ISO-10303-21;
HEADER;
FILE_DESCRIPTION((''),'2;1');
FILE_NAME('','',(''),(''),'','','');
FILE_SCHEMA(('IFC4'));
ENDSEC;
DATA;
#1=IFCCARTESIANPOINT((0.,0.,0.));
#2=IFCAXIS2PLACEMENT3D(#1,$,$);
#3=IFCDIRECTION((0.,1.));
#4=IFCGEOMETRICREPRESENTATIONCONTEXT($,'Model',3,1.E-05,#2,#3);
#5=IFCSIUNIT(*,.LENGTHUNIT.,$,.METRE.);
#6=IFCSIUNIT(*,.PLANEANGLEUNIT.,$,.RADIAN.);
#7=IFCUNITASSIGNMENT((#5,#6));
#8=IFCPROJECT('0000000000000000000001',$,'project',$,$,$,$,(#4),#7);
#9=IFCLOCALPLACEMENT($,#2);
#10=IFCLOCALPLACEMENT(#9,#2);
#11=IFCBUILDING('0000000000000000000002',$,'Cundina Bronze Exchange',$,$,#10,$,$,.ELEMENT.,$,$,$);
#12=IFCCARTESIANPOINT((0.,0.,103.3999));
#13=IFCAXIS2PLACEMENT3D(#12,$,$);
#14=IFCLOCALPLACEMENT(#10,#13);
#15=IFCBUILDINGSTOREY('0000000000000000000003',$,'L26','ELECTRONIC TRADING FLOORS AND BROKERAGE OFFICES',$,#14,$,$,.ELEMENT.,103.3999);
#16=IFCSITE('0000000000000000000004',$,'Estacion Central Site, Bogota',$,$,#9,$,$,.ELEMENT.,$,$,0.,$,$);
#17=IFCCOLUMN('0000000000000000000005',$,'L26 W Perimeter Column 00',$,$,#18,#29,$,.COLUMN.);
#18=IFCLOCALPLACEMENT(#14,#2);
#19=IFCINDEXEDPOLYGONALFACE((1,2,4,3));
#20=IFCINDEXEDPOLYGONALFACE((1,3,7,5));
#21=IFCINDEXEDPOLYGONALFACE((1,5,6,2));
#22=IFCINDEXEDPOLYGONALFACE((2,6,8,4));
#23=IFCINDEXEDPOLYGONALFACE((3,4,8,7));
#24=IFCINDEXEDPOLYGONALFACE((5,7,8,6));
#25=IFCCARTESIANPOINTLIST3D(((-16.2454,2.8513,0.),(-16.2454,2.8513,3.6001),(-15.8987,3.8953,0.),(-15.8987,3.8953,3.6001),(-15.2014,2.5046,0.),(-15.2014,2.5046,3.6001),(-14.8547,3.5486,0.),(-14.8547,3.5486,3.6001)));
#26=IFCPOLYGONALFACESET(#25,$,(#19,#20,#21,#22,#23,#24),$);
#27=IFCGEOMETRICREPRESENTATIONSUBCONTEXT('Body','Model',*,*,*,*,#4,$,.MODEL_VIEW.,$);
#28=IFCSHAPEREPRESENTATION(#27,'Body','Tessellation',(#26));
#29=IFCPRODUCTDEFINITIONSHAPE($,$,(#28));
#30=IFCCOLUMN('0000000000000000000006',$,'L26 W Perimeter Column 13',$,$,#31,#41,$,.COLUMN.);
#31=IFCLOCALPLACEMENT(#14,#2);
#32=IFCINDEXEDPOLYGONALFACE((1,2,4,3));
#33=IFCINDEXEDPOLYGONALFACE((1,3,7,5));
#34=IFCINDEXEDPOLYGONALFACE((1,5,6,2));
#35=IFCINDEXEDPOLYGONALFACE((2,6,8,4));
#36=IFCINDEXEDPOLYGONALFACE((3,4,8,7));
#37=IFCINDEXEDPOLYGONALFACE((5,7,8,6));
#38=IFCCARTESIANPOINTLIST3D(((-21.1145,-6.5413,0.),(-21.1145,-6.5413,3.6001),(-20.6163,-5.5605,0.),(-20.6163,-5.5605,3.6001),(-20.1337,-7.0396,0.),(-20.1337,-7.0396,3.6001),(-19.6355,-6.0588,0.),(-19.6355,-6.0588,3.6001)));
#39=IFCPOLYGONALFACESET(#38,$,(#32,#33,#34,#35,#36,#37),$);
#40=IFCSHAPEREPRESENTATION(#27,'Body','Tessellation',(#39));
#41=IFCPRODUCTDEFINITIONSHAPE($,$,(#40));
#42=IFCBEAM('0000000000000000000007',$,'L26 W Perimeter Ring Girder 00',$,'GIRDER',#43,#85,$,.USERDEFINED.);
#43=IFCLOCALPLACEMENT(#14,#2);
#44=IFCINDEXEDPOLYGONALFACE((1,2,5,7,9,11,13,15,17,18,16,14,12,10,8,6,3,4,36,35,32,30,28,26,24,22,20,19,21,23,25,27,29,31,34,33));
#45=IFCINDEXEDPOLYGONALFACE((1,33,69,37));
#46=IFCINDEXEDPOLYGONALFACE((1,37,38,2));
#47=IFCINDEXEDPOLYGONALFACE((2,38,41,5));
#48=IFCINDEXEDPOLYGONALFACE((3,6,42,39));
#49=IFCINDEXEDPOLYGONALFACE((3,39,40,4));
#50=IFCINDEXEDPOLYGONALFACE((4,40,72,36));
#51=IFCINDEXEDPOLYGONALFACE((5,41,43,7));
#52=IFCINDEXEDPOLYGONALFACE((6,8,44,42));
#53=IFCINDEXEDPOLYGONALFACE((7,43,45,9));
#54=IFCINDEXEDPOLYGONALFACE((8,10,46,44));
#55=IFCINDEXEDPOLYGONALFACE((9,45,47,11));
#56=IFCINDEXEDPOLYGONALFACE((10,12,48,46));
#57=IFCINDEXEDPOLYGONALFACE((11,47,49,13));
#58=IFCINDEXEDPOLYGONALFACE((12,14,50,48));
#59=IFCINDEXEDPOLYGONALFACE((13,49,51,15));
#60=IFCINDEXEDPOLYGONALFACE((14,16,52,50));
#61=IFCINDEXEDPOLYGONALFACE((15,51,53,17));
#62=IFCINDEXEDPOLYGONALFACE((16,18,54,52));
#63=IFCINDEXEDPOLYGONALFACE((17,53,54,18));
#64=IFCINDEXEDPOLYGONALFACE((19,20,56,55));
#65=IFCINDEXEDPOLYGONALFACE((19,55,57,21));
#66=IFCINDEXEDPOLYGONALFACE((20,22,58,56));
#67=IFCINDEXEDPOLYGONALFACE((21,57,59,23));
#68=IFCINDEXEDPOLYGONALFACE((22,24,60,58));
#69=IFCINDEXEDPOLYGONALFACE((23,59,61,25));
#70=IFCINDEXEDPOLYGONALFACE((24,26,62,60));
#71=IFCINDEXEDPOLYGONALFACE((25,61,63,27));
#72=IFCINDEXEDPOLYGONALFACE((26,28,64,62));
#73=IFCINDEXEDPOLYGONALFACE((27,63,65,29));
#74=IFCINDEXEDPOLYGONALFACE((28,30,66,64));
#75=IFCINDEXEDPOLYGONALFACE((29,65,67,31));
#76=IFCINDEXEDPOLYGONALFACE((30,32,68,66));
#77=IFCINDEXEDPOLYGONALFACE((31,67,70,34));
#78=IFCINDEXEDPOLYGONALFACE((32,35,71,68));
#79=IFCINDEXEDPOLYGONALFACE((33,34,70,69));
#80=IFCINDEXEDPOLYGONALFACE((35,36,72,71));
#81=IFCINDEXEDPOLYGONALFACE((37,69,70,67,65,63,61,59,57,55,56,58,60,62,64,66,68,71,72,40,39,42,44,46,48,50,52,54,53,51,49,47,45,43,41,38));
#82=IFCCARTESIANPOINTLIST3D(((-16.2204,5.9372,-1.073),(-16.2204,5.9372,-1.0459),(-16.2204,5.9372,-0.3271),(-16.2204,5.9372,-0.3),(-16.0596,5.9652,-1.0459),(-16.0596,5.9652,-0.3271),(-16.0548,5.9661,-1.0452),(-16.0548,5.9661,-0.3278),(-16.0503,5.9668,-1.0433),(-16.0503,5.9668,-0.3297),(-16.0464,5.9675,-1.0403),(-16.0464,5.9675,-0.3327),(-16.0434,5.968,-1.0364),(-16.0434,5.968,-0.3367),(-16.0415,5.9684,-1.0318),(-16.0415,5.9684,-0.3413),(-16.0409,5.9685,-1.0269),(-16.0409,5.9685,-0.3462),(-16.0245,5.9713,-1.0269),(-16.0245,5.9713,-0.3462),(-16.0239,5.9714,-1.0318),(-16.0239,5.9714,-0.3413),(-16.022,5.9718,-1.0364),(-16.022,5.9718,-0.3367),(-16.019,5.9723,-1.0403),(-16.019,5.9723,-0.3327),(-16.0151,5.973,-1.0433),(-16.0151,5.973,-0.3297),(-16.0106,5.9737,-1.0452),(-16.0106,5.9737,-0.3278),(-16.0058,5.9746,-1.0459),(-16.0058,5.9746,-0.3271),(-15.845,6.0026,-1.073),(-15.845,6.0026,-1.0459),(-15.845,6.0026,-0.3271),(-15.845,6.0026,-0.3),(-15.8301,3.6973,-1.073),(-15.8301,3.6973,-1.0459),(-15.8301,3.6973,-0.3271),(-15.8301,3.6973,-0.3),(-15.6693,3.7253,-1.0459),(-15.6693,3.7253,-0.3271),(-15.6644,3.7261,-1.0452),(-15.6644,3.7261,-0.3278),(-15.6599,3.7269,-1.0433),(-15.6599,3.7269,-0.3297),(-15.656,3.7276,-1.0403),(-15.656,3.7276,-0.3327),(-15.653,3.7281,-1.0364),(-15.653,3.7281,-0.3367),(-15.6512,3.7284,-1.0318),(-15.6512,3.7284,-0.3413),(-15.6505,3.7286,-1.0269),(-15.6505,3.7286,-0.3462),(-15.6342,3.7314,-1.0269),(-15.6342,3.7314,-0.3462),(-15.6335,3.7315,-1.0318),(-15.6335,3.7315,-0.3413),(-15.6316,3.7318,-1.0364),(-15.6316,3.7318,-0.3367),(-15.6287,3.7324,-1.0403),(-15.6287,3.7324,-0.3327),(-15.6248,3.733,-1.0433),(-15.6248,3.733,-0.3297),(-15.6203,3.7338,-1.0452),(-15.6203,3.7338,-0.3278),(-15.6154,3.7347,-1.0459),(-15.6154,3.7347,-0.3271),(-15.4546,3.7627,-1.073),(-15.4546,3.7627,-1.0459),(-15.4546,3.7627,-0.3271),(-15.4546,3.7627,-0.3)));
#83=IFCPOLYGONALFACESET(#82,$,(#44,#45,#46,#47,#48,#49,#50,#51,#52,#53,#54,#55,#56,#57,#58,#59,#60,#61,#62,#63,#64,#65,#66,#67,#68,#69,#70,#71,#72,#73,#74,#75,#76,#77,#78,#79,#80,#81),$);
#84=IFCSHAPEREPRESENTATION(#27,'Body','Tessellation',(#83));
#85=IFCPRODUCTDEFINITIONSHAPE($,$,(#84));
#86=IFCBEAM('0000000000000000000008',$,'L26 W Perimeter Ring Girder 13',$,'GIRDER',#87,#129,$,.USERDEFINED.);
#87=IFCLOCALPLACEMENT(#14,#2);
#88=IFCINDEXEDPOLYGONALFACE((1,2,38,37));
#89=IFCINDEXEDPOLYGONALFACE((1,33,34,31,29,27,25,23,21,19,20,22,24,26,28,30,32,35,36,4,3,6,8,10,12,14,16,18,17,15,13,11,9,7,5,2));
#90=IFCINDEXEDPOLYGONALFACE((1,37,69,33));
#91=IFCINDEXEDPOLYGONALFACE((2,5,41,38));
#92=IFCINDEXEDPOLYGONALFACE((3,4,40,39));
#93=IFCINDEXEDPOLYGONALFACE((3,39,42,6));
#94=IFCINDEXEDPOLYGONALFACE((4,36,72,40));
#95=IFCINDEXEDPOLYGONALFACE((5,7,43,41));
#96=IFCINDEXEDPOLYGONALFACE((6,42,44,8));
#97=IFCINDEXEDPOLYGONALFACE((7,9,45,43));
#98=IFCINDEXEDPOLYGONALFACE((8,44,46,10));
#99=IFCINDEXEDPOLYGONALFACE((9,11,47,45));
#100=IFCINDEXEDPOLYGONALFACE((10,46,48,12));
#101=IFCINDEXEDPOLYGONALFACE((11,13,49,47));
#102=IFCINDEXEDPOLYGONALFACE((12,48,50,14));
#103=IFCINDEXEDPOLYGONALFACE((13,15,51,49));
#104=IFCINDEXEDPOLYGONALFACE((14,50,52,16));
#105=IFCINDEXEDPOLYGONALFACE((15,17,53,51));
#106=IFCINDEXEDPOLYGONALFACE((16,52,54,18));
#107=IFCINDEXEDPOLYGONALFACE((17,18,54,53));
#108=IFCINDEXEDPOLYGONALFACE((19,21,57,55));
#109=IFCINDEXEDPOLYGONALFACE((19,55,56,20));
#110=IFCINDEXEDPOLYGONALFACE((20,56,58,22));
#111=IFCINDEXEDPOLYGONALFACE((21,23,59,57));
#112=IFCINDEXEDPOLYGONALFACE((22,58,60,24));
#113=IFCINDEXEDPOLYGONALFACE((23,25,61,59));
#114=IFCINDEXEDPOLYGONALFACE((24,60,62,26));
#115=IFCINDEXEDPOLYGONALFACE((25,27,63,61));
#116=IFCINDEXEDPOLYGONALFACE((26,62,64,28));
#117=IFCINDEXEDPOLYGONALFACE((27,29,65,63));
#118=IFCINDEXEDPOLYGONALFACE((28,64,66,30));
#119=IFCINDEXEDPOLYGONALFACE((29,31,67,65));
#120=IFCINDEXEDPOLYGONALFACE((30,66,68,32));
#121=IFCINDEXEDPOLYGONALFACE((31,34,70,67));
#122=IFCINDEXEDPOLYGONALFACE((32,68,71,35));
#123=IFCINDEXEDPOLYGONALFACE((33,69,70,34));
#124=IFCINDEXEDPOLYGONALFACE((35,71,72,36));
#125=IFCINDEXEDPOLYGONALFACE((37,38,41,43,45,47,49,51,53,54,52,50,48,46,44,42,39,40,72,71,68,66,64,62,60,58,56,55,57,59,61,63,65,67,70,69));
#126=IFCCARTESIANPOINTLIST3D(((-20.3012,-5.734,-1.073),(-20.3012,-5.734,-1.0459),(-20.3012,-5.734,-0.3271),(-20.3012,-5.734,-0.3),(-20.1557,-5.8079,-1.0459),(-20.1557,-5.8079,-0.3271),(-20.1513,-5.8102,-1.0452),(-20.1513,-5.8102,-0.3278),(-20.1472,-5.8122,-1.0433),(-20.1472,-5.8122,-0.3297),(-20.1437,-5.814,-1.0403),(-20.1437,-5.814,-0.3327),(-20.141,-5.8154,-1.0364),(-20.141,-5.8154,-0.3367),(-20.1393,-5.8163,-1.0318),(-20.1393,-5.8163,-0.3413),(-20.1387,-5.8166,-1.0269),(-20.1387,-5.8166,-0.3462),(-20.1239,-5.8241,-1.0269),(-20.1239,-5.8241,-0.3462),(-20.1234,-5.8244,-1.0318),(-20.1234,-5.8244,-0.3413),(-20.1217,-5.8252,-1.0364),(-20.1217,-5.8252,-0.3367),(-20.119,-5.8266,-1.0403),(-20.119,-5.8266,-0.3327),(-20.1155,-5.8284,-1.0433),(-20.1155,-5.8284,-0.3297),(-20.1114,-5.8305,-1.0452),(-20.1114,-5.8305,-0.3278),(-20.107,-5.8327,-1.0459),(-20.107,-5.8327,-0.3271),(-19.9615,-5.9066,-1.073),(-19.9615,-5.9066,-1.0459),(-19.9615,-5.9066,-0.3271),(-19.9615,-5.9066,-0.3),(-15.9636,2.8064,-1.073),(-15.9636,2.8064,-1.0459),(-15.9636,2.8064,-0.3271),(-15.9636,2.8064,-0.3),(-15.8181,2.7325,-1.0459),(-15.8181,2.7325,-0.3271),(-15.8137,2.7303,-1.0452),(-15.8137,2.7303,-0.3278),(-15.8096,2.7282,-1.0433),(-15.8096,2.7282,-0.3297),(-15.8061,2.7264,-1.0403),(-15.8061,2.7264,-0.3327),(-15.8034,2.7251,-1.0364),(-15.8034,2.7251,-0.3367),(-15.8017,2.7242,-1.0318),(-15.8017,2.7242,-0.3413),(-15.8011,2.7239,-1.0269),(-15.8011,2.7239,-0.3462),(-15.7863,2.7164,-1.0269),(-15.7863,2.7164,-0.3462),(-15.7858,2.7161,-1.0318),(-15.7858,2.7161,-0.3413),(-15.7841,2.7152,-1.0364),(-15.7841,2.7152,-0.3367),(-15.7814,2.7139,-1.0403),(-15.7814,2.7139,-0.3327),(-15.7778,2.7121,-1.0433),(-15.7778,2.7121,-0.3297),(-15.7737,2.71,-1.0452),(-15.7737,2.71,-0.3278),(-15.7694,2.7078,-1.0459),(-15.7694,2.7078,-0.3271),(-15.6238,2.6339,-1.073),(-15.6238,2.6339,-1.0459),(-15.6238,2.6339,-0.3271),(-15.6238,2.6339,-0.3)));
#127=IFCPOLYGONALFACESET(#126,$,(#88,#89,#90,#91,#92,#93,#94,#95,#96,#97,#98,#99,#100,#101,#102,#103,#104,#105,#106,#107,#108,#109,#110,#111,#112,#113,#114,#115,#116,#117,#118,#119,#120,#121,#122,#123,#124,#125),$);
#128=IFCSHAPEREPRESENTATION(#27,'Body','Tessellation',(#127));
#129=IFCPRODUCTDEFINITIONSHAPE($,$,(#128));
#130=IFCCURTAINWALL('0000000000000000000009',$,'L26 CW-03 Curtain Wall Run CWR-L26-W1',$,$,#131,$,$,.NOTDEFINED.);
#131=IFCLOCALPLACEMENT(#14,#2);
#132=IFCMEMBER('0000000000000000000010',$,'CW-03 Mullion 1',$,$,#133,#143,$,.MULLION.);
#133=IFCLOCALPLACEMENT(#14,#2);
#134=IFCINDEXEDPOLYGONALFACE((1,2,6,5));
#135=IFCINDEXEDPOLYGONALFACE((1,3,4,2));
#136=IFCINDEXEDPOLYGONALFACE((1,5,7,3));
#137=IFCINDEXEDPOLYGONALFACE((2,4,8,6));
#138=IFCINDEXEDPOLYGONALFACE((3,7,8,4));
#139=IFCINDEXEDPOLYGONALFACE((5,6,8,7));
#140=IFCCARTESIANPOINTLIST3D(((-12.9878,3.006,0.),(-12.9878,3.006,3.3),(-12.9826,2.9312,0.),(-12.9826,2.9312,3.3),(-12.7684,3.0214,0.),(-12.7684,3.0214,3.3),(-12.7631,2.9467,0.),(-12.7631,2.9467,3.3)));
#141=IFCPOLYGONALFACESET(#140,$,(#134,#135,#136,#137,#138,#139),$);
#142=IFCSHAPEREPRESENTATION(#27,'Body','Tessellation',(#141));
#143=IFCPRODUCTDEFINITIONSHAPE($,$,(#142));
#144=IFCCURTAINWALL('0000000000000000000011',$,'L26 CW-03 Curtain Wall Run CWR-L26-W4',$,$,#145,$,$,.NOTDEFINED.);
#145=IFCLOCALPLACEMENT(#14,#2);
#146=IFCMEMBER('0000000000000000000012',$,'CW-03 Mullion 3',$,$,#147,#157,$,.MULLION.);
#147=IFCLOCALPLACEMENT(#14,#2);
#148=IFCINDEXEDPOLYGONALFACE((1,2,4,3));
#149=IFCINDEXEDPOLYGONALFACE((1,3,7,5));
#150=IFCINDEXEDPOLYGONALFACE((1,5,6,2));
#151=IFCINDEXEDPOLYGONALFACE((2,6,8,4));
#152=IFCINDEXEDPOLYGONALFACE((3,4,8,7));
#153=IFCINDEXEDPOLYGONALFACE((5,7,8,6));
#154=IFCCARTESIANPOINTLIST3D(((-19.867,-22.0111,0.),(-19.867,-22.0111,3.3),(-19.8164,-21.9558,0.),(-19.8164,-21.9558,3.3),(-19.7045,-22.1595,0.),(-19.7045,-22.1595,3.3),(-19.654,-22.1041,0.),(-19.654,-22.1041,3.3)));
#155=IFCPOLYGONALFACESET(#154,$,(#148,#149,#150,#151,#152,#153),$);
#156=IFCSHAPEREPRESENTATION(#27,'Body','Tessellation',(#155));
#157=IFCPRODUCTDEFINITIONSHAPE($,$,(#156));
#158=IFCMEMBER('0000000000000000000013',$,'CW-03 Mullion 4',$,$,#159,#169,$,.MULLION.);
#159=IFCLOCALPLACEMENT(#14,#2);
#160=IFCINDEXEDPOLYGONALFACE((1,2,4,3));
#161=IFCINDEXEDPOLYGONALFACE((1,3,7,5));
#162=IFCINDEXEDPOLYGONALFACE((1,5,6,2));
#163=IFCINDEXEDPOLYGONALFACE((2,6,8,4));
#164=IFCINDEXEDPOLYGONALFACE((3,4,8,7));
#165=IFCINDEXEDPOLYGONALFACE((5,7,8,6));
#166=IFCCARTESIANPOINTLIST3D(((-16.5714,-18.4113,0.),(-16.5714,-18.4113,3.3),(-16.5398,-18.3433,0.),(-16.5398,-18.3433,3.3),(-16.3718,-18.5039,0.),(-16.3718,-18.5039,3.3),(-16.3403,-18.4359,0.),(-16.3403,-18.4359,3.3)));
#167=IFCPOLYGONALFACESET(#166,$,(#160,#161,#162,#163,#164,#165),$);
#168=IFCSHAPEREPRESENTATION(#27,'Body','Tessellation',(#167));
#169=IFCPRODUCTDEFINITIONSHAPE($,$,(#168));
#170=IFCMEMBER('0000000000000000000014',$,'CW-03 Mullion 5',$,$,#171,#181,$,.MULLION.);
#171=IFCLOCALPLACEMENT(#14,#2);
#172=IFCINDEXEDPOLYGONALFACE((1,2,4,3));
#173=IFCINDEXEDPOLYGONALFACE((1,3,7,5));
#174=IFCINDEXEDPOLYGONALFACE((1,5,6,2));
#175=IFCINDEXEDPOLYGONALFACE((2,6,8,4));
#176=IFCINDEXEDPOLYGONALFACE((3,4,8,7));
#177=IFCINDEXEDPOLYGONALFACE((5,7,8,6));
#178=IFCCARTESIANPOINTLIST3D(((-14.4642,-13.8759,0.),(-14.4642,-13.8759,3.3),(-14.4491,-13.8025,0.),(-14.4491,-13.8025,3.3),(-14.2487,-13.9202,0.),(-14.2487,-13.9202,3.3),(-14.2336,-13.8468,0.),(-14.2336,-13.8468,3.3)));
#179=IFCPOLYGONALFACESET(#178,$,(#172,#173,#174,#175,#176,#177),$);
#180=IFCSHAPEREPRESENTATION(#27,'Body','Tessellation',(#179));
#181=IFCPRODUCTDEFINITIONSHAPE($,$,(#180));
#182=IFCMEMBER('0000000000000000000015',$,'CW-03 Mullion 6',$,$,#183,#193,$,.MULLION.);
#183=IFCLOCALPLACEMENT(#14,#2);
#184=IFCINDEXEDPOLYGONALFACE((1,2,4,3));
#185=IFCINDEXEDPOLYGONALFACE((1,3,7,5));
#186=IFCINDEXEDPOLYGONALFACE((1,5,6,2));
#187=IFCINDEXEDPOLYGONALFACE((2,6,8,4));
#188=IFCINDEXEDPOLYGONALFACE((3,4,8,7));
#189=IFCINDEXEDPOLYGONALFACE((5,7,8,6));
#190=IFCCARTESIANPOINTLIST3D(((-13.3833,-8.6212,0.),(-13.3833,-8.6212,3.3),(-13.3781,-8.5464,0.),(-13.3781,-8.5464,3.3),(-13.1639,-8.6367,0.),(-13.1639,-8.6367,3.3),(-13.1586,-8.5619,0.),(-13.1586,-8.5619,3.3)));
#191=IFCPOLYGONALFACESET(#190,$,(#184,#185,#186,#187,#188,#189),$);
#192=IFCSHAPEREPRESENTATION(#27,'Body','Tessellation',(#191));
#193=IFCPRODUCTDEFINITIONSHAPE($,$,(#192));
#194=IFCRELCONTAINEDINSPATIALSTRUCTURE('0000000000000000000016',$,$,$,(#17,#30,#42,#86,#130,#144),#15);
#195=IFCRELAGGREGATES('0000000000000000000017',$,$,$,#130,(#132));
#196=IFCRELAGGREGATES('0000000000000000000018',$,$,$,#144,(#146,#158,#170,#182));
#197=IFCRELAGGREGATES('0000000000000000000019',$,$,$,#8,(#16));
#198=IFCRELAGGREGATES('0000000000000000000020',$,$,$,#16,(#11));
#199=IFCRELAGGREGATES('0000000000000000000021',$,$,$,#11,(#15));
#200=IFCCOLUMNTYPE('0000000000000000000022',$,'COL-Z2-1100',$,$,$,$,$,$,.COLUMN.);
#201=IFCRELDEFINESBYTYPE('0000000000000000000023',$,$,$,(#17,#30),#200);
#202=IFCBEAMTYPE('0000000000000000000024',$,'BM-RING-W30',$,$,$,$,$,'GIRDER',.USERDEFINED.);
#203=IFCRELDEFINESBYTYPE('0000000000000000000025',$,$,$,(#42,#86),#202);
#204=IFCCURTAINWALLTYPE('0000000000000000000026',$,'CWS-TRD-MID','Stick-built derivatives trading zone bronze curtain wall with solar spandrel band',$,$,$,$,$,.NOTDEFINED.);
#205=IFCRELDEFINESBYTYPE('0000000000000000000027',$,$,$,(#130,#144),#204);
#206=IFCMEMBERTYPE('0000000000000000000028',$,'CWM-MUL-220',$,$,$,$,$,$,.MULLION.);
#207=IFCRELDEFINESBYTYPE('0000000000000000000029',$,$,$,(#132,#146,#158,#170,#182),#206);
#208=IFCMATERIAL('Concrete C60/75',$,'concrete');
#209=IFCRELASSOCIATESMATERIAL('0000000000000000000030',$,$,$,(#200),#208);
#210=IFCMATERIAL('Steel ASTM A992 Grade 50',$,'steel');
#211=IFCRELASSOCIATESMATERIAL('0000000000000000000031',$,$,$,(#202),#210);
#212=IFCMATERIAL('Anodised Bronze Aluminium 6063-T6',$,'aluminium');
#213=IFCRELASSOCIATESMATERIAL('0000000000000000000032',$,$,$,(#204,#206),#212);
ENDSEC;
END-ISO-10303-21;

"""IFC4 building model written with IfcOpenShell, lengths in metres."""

from ifc_helpers import new_model, si_unit, direction, frame, origin, origin_2d, place, context, subcontext, project, spatial, rectangle, i_section, extrude, material, material_profile, profile_set, type_object, element, aggregate, save


model = new_model("IFC4")

# Units and contexts
model_context = context("Model", 3, precision=1e-05, world=origin(), true_north=direction((0.0, 1.0)))
body_context = subcontext(model_context, "Body", "Model", "MODEL_VIEW")
ifc_project = project(units=[si_unit("LENGTHUNIT", "METRE"), si_unit("PLANEANGLEUNIT", "RADIAN")], contexts=[model_context])

# Site, building, storey
site_placement = place(None, origin())
site = spatial("IfcSite", under=ifc_project, at=site_placement, Name="Estacion Central Site, Bogota", CompositionType="ELEMENT", RefElevation=0.0)
building_placement = place(site_placement, origin())
building = spatial("IfcBuilding", under=site, at=building_placement, Name="Cundina Bronze Exchange", CompositionType="ELEMENT")
storey_placement = place(building_placement, frame((0.0, 0.0, 103.3999)))
storey = spatial("IfcBuildingStorey", under=building, at=storey_placement, Name="L26", Description="ELECTRONIC TRADING FLOORS AND BROKERAGE OFFICES", CompositionType="ELEMENT", Elevation=103.3999)

# Columns
ifc_material_1 = material(Name="Concrete C60/75", Category="concrete")
ifc_material_profile_1 = material_profile(ifc_material_1, rectangle(XDim=1.1001, YDim=1.1001, at=origin_2d()), Name="RC1100X1100", Category="concrete")
ifc_profile_set_1 = profile_set([ifc_material_profile_1], Name="Concrete C60/75")
column_type = type_object("IfcColumnType", Name="COL-Z2-1100", PredefinedType="COLUMN", material=ifc_profile_set_1)
for number, where, z_axis, x_axis, name in (
    (1, (-15.55, 3.2, 0.0), (0.0, 0.0, 1.0), (0.315152, 0.949041, 0.0), "L26 W Perimeter Column 00"),
    (2, (-20.375, -6.3, 0.0), (0.0, 0.0, 1.0), (0.452902, 0.891561, 0.0), "L26 W Perimeter Column 13"),
):
    element("IfcColumn", number, at=place(storey_placement, frame(where, z_axis=z_axis, x_axis=x_axis)), inside=storey, type_object=column_type, Name=name, PredefinedType="COLUMN", context=body_context, shape_type="SweptSolid", body=[
        extrude(rectangle(XDim=1.1001, YDim=1.1001, at=origin_2d()), origin(), (0.0, 0.0, 1.0), 3.6001),
    ])

# Beams
ifc_material_2 = material(Name="Steel ASTM A992 Grade 50", Category="steel")
ifc_material_profile_2 = material_profile(ifc_material_2, i_section(OverallWidth=0.3811, OverallDepth=0.7729, WebThickness=0.0166, FlangeThickness=0.0271, FilletRadius=0.019, at=origin_2d()), Name="W30X173", Category="steel")
ifc_profile_set_2 = profile_set([ifc_material_profile_2], Name="Steel ASTM A992 Grade 50")
beam_type = type_object("IfcBeamType", Name="BM-RING-W30", ElementType="GIRDER", PredefinedType="USERDEFINED", material=ifc_profile_set_2)
beam_1_placement = place(storey_placement, frame((-15.6423, 3.73, -0.6865), z_axis=(-0.17169, 0.985151, 0.0), x_axis=(-0.985151, -0.17169, 0.0)))
element("IfcBeam", 3, at=beam_1_placement, inside=storey, type_object=beam_type, Name="L26 W Perimeter Ring Girder 00", ObjectType="GIRDER", PredefinedType="USERDEFINED", context=body_context, shape_type="SweptSolid", body=[
    extrude(i_section(OverallWidth=0.3811, OverallDepth=0.7729, WebThickness=0.0166, FlangeThickness=0.0271, FilletRadius=0.019, at=origin_2d()), origin(), (0.0, 0.0, 1.0), 2.2737),
])
beam_2_placement = place(storey_placement, frame((-20.1313, -5.8203, -0.6865), z_axis=(0.452832, 0.891596, 0.0), x_axis=(-0.891596, 0.452832, 0.0)))
element("IfcBeam", 4, at=beam_2_placement, inside=storey, type_object=beam_type, Name="L26 W Perimeter Ring Girder 13", ObjectType="GIRDER", PredefinedType="USERDEFINED", context=body_context, shape_type="SweptSolid", body=[
    extrude(i_section(OverallWidth=0.3811, OverallDepth=0.7729, WebThickness=0.0166, FlangeThickness=0.0271, FilletRadius=0.019, at=origin_2d()), origin(), (0.0, 0.0, 1.0), 9.5789),
])

# Curtain wall, member
ifc_material_3 = material(Name="Anodised Bronze Aluminium 6063-T6", Category="aluminium")
curtain_wall_type = type_object("IfcCurtainWallType", Name="CWS-TRD-MID", Description="Stick-built derivatives trading zone bronze curtain wall with solar spandrel band", PredefinedType="NOTDEFINED", material=ifc_material_3)
curtain_wall_1_placement = place(storey_placement, origin())
curtain_wall_1 = element("IfcCurtainWall", 5, at=curtain_wall_1_placement, inside=storey, type_object=curtain_wall_type, Name="L26 CW-03 Curtain Wall Run CWR-L26-W1", PredefinedType="NOTDEFINED")
ifc_material_profile_3 = material_profile(ifc_material_3, rectangle(XDim=0.075, YDim=0.22, at=origin_2d()), Name="AL75X220", Category="aluminium")
ifc_profile_set_3 = profile_set([ifc_material_profile_3], Name="Anodised Bronze Aluminium 6063-T6")
member_type_1 = type_object("IfcMemberType", Name="CWM-MUL-220", PredefinedType="MULLION", material=ifc_profile_set_3)
member_1_placement = place(storey_placement, frame((-12.8755, 2.9763, 0.0), z_axis=(0.0, 0.0, 1.0), x_axis=(-0.070279, 0.997527, 0.0)))
member_1 = element("IfcMember", 6, at=member_1_placement, type_object=member_type_1, Name="CW-03 Mullion 1", PredefinedType="MULLION", context=body_context, shape_type="SweptSolid", body=[
    extrude(rectangle(XDim=0.075, YDim=0.22, at=origin_2d()), origin(), (0.0, 0.0, 1.0), 3.3),
])

# Curtain wall, members
curtain_wall_2_placement = place(storey_placement, origin())
curtain_wall_2 = element("IfcCurtainWall", 7, at=curtain_wall_2_placement, inside=storey, type_object=curtain_wall_type, Name="L26 CW-03 Curtain Wall Run CWR-L26-W4", PredefinedType="NOTDEFINED")
member_2_placement = place(storey_placement, frame((-19.7605, -22.0576, 0.0), z_axis=(0.0, 0.0, 1.0), x_axis=(0.674302, 0.738455, 0.0)))
member_2 = element("IfcMember", 8, at=member_2_placement, type_object=member_type_1, Name="CW-03 Mullion 3", PredefinedType="MULLION", context=body_context, shape_type="SweptSolid", body=[
    extrude(rectangle(XDim=0.075, YDim=0.22, at=origin_2d()), origin(), (0.0, 0.0, 1.0), 3.3),
])
member_3_placement = place(storey_placement, frame((-16.4558, -18.4236, 0.0), z_axis=(0.0, 0.0, 1.0), x_axis=(0.420877, 0.907117, 0.0)))
member_3 = element("IfcMember", 9, at=member_3_placement, type_object=member_type_1, Name="CW-03 Mullion 4", PredefinedType="MULLION", context=body_context, shape_type="SweptSolid", body=[
    extrude(rectangle(XDim=0.075, YDim=0.22, at=origin_2d()), origin(), (0.0, 0.0, 1.0), 3.3),
])
member_4_placement = place(storey_placement, frame((-14.3489, -13.8613, 0.0), z_axis=(0.0, 0.0, 1.0), x_axis=(0.20142, 0.979505, 0.0)))
member_4 = element("IfcMember", 10, at=member_4_placement, type_object=member_type_1, Name="CW-03 Mullion 5", PredefinedType="MULLION", context=body_context, shape_type="SweptSolid", body=[
    extrude(rectangle(XDim=0.075, YDim=0.22, at=origin_2d()), origin(), (0.0, 0.0, 1.0), 3.3),
])
member_5_placement = place(storey_placement, frame((-13.271, -8.5916, 0.0), z_axis=(0.0, 0.0, 1.0), x_axis=(0.070279, 0.997527, 0.0)))
member_5 = element("IfcMember", 11, at=member_5_placement, type_object=member_type_1, Name="CW-03 Mullion 6", PredefinedType="MULLION", context=body_context, shape_type="SweptSolid", body=[
    extrude(rectangle(XDim=0.075, YDim=0.22, at=origin_2d()), origin(), (0.0, 0.0, 1.0), 3.3),
])

aggregate(curtain_wall_1, [member_1])

aggregate(curtain_wall_2, [member_2, member_3, member_4, member_5])

save(model, "model.ifc")
